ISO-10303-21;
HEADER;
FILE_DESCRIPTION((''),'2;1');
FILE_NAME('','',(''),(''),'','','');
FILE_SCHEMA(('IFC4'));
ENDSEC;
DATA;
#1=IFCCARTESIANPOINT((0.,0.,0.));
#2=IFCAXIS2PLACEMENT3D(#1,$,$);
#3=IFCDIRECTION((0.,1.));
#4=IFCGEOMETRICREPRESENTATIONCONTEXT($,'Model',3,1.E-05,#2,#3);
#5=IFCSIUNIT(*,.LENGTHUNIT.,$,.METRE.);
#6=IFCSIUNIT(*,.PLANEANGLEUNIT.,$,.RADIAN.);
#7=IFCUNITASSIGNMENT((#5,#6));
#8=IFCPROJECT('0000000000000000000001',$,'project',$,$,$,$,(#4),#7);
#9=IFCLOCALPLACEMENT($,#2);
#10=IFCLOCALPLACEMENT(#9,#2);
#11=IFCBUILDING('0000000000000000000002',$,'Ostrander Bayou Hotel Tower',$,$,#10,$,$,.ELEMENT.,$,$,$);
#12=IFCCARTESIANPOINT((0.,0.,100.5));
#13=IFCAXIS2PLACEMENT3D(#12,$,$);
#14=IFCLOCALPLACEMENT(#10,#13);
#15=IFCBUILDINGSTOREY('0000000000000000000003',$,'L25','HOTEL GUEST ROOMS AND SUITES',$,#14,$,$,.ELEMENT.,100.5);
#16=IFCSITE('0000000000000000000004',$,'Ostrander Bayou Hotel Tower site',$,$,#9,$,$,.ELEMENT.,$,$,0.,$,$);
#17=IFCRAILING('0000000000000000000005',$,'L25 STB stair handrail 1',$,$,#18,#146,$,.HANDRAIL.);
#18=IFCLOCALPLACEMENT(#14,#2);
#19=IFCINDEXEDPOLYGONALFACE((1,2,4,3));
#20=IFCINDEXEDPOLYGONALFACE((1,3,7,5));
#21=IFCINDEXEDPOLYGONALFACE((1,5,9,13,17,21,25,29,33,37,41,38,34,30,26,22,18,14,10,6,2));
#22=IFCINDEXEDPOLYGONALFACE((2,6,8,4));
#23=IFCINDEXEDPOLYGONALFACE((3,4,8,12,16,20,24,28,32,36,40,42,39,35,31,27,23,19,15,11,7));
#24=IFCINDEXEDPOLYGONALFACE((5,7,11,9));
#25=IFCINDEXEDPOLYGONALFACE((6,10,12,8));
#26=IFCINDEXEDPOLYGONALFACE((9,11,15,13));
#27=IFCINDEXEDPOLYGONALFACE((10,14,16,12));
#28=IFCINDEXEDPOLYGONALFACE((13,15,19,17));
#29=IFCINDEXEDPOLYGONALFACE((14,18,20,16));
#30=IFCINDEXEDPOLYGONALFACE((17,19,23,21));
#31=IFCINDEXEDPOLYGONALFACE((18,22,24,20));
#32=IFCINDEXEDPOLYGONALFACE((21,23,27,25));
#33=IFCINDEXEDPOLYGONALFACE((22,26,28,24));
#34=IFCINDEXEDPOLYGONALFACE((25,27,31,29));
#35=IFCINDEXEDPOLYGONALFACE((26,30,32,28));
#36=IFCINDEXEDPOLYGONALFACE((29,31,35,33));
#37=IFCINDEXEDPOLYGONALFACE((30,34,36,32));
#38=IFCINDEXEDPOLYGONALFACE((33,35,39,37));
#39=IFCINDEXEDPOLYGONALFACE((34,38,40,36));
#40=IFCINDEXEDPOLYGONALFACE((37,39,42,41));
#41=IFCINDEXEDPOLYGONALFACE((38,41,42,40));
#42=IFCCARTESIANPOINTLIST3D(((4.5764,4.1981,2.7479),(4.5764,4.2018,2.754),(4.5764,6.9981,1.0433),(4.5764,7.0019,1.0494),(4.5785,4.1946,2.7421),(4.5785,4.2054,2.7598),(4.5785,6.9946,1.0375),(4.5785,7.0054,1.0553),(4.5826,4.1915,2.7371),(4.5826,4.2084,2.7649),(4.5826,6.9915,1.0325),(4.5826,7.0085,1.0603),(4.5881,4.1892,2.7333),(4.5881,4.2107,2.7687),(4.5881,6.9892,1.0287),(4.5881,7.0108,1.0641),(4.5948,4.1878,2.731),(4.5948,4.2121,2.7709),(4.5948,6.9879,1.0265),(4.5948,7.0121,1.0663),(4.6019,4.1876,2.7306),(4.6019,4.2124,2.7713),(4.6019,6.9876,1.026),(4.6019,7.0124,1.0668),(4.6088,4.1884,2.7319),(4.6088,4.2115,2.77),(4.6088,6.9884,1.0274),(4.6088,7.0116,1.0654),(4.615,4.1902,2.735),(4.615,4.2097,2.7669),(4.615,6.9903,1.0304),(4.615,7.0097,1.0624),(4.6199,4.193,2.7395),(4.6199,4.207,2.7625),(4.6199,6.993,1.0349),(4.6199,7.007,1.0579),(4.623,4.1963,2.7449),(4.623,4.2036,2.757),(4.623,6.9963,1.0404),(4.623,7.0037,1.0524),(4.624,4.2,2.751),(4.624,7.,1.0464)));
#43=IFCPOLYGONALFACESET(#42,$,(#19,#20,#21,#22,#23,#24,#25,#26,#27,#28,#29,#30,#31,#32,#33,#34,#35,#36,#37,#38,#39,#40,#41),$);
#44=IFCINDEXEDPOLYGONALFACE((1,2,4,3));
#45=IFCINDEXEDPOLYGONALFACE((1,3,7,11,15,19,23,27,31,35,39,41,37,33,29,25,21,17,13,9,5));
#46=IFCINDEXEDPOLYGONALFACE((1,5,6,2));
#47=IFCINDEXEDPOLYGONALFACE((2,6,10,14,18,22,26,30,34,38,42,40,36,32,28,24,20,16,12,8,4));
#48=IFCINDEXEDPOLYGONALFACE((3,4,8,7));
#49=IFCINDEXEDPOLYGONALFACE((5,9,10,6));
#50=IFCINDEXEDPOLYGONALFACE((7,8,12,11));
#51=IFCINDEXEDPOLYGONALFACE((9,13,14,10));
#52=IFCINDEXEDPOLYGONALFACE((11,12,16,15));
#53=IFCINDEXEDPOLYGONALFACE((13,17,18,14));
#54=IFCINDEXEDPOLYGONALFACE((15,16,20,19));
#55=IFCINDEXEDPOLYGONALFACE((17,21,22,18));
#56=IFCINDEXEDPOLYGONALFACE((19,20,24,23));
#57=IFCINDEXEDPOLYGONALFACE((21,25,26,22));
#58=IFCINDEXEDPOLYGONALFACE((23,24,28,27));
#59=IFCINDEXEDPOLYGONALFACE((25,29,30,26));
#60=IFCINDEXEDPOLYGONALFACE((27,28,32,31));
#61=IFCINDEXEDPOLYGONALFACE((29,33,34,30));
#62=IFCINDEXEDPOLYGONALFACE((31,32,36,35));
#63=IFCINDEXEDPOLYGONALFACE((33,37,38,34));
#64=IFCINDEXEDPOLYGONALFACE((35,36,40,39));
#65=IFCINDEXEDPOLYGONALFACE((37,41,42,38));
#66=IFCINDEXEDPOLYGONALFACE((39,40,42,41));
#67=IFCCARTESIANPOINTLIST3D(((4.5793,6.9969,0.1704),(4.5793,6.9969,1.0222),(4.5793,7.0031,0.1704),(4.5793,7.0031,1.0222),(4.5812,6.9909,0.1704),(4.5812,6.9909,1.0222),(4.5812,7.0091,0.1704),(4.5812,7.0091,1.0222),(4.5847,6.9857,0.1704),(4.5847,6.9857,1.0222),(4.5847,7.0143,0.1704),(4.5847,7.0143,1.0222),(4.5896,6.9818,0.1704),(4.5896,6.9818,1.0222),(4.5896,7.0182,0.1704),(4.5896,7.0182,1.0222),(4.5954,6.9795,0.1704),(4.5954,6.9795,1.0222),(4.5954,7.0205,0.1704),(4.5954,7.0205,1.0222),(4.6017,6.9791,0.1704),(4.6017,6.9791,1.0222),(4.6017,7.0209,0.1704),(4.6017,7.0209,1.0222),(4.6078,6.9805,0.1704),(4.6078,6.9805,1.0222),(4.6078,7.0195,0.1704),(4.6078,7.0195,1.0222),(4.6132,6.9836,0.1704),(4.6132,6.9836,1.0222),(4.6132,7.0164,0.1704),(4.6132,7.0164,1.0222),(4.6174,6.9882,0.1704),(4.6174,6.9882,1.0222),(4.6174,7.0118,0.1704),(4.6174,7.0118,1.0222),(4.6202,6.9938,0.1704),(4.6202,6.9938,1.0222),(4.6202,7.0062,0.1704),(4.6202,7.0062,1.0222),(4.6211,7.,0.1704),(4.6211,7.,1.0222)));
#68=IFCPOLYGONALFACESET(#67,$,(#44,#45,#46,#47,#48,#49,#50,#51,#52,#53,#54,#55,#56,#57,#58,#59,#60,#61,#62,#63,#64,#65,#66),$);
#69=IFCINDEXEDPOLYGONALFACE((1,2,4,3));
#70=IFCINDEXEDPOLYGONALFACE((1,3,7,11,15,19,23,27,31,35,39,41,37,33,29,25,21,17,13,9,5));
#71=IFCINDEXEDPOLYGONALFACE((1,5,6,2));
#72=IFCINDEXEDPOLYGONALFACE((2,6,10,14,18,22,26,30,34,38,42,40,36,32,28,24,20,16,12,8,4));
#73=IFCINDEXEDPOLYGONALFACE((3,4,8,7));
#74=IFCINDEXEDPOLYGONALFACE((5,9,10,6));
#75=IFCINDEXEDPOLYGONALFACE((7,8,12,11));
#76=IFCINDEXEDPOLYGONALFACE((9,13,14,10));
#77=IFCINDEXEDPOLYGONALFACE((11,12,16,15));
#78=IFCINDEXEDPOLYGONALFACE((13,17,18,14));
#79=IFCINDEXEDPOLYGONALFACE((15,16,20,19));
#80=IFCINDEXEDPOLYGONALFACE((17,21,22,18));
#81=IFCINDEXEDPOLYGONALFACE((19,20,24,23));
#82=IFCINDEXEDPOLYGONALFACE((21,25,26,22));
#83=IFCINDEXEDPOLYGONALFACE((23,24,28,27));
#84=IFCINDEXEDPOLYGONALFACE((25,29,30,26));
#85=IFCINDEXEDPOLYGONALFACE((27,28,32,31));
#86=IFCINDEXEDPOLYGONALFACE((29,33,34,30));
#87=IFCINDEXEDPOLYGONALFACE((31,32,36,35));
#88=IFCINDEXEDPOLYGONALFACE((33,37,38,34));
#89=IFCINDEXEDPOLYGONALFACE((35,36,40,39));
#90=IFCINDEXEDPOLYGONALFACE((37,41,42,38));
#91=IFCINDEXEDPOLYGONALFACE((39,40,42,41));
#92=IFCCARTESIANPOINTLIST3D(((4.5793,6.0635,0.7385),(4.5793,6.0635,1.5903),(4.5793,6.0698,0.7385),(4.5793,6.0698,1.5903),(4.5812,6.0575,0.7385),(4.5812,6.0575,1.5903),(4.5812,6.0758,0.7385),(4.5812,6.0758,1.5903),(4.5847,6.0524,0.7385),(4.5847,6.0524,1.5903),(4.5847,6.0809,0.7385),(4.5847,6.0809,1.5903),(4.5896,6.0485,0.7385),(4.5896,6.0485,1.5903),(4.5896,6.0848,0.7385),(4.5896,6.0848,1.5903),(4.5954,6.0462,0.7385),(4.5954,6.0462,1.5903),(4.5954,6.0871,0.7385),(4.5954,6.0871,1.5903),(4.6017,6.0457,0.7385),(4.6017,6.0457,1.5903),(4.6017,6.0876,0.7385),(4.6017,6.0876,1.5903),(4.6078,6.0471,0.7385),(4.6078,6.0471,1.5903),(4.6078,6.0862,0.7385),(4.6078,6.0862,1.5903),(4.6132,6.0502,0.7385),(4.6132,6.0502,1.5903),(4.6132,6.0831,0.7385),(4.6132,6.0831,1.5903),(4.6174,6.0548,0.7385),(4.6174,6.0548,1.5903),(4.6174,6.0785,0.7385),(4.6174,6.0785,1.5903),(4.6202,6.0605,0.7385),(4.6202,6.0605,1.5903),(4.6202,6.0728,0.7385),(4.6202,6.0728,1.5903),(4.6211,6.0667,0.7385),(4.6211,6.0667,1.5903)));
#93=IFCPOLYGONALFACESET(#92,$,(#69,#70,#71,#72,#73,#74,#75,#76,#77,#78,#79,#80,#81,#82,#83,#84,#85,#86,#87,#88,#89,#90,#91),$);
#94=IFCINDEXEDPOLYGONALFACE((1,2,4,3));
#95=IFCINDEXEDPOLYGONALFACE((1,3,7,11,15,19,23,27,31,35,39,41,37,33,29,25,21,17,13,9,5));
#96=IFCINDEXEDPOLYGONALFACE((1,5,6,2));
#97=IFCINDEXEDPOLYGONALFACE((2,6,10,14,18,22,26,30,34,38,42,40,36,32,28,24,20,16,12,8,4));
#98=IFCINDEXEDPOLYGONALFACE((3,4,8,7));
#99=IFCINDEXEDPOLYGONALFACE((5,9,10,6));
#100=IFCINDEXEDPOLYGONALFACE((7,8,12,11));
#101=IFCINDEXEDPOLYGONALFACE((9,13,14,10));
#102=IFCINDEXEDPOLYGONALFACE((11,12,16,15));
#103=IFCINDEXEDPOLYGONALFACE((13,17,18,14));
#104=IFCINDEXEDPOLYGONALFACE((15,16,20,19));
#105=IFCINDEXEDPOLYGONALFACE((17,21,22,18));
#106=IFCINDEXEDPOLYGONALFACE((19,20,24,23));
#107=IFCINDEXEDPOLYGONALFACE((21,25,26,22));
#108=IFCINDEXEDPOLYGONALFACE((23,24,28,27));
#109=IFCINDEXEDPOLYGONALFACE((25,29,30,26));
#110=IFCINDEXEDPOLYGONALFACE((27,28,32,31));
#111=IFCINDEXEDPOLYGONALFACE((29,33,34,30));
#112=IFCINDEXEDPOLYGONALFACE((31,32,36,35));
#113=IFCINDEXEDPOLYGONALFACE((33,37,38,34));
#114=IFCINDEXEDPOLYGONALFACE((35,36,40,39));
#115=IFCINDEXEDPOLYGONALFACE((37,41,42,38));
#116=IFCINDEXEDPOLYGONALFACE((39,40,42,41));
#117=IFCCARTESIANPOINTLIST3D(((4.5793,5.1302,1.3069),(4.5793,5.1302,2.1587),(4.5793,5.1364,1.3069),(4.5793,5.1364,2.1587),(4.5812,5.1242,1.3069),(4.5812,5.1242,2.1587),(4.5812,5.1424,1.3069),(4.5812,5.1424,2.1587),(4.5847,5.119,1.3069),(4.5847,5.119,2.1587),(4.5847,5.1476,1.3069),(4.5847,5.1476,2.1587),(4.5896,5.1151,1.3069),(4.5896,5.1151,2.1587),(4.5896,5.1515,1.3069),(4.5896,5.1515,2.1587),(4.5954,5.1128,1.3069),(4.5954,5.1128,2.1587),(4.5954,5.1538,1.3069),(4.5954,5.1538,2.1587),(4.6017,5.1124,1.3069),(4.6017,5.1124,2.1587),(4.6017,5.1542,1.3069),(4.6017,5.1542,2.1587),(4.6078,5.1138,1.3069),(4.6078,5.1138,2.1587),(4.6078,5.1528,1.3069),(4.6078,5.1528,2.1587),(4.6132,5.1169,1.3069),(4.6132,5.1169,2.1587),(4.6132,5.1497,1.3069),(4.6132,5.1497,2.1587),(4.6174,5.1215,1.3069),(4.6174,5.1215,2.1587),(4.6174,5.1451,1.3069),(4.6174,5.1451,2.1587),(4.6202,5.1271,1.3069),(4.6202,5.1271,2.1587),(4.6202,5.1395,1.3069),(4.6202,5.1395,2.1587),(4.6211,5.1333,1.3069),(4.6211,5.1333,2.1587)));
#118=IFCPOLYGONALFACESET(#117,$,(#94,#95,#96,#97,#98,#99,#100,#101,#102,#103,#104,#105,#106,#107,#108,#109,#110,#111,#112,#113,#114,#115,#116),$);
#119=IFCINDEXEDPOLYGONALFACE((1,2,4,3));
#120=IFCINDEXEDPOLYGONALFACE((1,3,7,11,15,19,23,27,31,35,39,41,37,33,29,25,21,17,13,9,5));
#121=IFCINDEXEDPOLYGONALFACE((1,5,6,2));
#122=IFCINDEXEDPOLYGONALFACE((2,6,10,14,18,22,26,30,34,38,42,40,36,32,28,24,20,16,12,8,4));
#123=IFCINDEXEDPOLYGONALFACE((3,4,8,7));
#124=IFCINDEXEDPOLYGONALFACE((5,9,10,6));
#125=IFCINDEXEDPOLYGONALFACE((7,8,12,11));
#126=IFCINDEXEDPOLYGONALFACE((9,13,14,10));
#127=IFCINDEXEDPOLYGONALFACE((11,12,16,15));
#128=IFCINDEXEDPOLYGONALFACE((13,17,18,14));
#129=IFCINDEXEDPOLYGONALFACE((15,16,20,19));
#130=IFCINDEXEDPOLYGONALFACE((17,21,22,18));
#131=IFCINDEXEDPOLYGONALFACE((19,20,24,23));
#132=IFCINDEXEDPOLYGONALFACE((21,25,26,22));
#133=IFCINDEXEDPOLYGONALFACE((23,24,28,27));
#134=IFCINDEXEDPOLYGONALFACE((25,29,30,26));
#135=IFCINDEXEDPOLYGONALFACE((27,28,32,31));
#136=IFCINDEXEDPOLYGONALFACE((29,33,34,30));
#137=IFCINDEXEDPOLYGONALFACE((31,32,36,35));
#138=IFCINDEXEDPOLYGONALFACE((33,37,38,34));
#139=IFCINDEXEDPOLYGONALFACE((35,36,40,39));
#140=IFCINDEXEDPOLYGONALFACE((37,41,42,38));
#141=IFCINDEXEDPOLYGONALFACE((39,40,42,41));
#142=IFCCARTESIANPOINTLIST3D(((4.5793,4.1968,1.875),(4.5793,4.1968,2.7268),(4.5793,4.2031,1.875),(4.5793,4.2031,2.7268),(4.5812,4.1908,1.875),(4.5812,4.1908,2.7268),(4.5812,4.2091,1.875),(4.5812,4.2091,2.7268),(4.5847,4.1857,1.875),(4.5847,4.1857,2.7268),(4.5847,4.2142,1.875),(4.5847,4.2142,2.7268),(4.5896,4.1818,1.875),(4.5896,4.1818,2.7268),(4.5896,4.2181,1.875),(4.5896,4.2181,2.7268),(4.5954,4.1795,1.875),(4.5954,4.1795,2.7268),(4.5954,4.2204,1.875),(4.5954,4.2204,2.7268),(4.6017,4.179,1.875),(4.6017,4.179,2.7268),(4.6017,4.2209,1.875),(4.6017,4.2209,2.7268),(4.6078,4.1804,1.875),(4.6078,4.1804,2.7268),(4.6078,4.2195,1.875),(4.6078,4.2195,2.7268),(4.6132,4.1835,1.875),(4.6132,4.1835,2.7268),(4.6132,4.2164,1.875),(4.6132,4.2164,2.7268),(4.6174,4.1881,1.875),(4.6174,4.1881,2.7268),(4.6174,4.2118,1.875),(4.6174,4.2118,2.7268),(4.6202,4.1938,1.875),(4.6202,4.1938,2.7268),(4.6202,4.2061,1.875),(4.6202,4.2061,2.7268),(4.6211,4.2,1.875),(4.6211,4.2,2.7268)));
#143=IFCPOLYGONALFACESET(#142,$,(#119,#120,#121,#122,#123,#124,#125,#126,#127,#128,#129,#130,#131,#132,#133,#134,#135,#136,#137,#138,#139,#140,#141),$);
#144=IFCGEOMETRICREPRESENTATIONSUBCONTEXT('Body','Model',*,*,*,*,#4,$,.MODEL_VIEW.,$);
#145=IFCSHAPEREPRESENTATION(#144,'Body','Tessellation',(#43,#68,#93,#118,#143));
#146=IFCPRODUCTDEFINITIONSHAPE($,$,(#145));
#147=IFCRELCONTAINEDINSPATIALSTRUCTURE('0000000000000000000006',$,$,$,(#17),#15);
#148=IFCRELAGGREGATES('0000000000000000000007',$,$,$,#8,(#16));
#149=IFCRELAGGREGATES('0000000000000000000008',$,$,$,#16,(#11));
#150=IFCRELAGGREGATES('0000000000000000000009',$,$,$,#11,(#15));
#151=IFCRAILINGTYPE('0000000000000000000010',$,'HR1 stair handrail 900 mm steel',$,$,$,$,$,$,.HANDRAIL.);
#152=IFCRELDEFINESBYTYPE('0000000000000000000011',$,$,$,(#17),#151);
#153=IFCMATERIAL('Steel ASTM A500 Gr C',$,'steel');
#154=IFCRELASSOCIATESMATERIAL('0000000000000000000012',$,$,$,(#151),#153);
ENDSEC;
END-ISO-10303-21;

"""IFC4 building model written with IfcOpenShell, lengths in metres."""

from ifc_helpers import new_model, si_unit, direction, frame, origin, origin_2d, place, context, subcontext, project, spatial, circle, extrude, material, type_object, element, save


model = new_model("IFC4")

# Units and contexts
model_context = context("Model", 3, precision=1e-05, world=origin(), true_north=direction((0.0, 1.0)))
body_context = subcontext(model_context, "Body", "Model", "MODEL_VIEW")
ifc_project = project(units=[si_unit("LENGTHUNIT", "METRE"), si_unit("PLANEANGLEUNIT", "RADIAN")], contexts=[model_context])

# Site, building, storey
site_placement = place(None, origin())
site = spatial("IfcSite", under=ifc_project, at=site_placement, Name="Ostrander Bayou Hotel Tower site", CompositionType="ELEMENT", RefElevation=0.0)
building_placement = place(site_placement, origin())
building = spatial("IfcBuilding", under=site, at=building_placement, Name="Ostrander Bayou Hotel Tower", CompositionType="ELEMENT")
storey_placement = place(building_placement, frame((0.0, 0.0, 100.5)))
storey = spatial("IfcBuildingStorey", under=building, at=storey_placement, Name="L25", Description="HOTEL GUEST ROOMS AND SUITES", CompositionType="ELEMENT", Elevation=100.5)

# Railing
ifc_material_1 = material(Name="Steel ASTM A500 Gr C", Category="steel")
railing_type_1 = type_object("IfcRailingType", Name="HR1 stair handrail 900 mm steel", PredefinedType="HANDRAIL", material=ifc_material_1)
railing_1_placement = place(storey_placement, frame((4.6001, 7.0, 0.1704)))
element("IfcRailing", 1, at=railing_1_placement, inside=storey, type_object=railing_type_1, Name="L25 STB stair handrail 1", PredefinedType="HANDRAIL", context=body_context, shape_type="SweptSolid", body=[
    extrude(circle(Radius=0.0239, at=origin_2d()), frame((0.0, 0.0, 0.876), z_axis=(0.0, -0.85417, 0.519994), x_axis=(1.0, 0.0, 0.0)), (0.0, 0.0, 1.0), 3.2781),
    extrude(circle(Radius=0.021, at=origin_2d()), origin(), (0.0, 0.0, 1.0), 0.8518),
    extrude(circle(Radius=0.021, at=origin_2d()), frame((0.0, -0.9333, 0.5681)), (0.0, 0.0, 1.0), 0.8518),
    extrude(circle(Radius=0.021, at=origin_2d()), frame((0.0, -1.8667, 1.1365)), (0.0, 0.0, 1.0), 0.8518),
    extrude(circle(Radius=0.021, at=origin_2d()), frame((0.0, -2.8, 1.7046)), (0.0, 0.0, 1.0), 0.8518),
])

save(model, "model.ifc")
